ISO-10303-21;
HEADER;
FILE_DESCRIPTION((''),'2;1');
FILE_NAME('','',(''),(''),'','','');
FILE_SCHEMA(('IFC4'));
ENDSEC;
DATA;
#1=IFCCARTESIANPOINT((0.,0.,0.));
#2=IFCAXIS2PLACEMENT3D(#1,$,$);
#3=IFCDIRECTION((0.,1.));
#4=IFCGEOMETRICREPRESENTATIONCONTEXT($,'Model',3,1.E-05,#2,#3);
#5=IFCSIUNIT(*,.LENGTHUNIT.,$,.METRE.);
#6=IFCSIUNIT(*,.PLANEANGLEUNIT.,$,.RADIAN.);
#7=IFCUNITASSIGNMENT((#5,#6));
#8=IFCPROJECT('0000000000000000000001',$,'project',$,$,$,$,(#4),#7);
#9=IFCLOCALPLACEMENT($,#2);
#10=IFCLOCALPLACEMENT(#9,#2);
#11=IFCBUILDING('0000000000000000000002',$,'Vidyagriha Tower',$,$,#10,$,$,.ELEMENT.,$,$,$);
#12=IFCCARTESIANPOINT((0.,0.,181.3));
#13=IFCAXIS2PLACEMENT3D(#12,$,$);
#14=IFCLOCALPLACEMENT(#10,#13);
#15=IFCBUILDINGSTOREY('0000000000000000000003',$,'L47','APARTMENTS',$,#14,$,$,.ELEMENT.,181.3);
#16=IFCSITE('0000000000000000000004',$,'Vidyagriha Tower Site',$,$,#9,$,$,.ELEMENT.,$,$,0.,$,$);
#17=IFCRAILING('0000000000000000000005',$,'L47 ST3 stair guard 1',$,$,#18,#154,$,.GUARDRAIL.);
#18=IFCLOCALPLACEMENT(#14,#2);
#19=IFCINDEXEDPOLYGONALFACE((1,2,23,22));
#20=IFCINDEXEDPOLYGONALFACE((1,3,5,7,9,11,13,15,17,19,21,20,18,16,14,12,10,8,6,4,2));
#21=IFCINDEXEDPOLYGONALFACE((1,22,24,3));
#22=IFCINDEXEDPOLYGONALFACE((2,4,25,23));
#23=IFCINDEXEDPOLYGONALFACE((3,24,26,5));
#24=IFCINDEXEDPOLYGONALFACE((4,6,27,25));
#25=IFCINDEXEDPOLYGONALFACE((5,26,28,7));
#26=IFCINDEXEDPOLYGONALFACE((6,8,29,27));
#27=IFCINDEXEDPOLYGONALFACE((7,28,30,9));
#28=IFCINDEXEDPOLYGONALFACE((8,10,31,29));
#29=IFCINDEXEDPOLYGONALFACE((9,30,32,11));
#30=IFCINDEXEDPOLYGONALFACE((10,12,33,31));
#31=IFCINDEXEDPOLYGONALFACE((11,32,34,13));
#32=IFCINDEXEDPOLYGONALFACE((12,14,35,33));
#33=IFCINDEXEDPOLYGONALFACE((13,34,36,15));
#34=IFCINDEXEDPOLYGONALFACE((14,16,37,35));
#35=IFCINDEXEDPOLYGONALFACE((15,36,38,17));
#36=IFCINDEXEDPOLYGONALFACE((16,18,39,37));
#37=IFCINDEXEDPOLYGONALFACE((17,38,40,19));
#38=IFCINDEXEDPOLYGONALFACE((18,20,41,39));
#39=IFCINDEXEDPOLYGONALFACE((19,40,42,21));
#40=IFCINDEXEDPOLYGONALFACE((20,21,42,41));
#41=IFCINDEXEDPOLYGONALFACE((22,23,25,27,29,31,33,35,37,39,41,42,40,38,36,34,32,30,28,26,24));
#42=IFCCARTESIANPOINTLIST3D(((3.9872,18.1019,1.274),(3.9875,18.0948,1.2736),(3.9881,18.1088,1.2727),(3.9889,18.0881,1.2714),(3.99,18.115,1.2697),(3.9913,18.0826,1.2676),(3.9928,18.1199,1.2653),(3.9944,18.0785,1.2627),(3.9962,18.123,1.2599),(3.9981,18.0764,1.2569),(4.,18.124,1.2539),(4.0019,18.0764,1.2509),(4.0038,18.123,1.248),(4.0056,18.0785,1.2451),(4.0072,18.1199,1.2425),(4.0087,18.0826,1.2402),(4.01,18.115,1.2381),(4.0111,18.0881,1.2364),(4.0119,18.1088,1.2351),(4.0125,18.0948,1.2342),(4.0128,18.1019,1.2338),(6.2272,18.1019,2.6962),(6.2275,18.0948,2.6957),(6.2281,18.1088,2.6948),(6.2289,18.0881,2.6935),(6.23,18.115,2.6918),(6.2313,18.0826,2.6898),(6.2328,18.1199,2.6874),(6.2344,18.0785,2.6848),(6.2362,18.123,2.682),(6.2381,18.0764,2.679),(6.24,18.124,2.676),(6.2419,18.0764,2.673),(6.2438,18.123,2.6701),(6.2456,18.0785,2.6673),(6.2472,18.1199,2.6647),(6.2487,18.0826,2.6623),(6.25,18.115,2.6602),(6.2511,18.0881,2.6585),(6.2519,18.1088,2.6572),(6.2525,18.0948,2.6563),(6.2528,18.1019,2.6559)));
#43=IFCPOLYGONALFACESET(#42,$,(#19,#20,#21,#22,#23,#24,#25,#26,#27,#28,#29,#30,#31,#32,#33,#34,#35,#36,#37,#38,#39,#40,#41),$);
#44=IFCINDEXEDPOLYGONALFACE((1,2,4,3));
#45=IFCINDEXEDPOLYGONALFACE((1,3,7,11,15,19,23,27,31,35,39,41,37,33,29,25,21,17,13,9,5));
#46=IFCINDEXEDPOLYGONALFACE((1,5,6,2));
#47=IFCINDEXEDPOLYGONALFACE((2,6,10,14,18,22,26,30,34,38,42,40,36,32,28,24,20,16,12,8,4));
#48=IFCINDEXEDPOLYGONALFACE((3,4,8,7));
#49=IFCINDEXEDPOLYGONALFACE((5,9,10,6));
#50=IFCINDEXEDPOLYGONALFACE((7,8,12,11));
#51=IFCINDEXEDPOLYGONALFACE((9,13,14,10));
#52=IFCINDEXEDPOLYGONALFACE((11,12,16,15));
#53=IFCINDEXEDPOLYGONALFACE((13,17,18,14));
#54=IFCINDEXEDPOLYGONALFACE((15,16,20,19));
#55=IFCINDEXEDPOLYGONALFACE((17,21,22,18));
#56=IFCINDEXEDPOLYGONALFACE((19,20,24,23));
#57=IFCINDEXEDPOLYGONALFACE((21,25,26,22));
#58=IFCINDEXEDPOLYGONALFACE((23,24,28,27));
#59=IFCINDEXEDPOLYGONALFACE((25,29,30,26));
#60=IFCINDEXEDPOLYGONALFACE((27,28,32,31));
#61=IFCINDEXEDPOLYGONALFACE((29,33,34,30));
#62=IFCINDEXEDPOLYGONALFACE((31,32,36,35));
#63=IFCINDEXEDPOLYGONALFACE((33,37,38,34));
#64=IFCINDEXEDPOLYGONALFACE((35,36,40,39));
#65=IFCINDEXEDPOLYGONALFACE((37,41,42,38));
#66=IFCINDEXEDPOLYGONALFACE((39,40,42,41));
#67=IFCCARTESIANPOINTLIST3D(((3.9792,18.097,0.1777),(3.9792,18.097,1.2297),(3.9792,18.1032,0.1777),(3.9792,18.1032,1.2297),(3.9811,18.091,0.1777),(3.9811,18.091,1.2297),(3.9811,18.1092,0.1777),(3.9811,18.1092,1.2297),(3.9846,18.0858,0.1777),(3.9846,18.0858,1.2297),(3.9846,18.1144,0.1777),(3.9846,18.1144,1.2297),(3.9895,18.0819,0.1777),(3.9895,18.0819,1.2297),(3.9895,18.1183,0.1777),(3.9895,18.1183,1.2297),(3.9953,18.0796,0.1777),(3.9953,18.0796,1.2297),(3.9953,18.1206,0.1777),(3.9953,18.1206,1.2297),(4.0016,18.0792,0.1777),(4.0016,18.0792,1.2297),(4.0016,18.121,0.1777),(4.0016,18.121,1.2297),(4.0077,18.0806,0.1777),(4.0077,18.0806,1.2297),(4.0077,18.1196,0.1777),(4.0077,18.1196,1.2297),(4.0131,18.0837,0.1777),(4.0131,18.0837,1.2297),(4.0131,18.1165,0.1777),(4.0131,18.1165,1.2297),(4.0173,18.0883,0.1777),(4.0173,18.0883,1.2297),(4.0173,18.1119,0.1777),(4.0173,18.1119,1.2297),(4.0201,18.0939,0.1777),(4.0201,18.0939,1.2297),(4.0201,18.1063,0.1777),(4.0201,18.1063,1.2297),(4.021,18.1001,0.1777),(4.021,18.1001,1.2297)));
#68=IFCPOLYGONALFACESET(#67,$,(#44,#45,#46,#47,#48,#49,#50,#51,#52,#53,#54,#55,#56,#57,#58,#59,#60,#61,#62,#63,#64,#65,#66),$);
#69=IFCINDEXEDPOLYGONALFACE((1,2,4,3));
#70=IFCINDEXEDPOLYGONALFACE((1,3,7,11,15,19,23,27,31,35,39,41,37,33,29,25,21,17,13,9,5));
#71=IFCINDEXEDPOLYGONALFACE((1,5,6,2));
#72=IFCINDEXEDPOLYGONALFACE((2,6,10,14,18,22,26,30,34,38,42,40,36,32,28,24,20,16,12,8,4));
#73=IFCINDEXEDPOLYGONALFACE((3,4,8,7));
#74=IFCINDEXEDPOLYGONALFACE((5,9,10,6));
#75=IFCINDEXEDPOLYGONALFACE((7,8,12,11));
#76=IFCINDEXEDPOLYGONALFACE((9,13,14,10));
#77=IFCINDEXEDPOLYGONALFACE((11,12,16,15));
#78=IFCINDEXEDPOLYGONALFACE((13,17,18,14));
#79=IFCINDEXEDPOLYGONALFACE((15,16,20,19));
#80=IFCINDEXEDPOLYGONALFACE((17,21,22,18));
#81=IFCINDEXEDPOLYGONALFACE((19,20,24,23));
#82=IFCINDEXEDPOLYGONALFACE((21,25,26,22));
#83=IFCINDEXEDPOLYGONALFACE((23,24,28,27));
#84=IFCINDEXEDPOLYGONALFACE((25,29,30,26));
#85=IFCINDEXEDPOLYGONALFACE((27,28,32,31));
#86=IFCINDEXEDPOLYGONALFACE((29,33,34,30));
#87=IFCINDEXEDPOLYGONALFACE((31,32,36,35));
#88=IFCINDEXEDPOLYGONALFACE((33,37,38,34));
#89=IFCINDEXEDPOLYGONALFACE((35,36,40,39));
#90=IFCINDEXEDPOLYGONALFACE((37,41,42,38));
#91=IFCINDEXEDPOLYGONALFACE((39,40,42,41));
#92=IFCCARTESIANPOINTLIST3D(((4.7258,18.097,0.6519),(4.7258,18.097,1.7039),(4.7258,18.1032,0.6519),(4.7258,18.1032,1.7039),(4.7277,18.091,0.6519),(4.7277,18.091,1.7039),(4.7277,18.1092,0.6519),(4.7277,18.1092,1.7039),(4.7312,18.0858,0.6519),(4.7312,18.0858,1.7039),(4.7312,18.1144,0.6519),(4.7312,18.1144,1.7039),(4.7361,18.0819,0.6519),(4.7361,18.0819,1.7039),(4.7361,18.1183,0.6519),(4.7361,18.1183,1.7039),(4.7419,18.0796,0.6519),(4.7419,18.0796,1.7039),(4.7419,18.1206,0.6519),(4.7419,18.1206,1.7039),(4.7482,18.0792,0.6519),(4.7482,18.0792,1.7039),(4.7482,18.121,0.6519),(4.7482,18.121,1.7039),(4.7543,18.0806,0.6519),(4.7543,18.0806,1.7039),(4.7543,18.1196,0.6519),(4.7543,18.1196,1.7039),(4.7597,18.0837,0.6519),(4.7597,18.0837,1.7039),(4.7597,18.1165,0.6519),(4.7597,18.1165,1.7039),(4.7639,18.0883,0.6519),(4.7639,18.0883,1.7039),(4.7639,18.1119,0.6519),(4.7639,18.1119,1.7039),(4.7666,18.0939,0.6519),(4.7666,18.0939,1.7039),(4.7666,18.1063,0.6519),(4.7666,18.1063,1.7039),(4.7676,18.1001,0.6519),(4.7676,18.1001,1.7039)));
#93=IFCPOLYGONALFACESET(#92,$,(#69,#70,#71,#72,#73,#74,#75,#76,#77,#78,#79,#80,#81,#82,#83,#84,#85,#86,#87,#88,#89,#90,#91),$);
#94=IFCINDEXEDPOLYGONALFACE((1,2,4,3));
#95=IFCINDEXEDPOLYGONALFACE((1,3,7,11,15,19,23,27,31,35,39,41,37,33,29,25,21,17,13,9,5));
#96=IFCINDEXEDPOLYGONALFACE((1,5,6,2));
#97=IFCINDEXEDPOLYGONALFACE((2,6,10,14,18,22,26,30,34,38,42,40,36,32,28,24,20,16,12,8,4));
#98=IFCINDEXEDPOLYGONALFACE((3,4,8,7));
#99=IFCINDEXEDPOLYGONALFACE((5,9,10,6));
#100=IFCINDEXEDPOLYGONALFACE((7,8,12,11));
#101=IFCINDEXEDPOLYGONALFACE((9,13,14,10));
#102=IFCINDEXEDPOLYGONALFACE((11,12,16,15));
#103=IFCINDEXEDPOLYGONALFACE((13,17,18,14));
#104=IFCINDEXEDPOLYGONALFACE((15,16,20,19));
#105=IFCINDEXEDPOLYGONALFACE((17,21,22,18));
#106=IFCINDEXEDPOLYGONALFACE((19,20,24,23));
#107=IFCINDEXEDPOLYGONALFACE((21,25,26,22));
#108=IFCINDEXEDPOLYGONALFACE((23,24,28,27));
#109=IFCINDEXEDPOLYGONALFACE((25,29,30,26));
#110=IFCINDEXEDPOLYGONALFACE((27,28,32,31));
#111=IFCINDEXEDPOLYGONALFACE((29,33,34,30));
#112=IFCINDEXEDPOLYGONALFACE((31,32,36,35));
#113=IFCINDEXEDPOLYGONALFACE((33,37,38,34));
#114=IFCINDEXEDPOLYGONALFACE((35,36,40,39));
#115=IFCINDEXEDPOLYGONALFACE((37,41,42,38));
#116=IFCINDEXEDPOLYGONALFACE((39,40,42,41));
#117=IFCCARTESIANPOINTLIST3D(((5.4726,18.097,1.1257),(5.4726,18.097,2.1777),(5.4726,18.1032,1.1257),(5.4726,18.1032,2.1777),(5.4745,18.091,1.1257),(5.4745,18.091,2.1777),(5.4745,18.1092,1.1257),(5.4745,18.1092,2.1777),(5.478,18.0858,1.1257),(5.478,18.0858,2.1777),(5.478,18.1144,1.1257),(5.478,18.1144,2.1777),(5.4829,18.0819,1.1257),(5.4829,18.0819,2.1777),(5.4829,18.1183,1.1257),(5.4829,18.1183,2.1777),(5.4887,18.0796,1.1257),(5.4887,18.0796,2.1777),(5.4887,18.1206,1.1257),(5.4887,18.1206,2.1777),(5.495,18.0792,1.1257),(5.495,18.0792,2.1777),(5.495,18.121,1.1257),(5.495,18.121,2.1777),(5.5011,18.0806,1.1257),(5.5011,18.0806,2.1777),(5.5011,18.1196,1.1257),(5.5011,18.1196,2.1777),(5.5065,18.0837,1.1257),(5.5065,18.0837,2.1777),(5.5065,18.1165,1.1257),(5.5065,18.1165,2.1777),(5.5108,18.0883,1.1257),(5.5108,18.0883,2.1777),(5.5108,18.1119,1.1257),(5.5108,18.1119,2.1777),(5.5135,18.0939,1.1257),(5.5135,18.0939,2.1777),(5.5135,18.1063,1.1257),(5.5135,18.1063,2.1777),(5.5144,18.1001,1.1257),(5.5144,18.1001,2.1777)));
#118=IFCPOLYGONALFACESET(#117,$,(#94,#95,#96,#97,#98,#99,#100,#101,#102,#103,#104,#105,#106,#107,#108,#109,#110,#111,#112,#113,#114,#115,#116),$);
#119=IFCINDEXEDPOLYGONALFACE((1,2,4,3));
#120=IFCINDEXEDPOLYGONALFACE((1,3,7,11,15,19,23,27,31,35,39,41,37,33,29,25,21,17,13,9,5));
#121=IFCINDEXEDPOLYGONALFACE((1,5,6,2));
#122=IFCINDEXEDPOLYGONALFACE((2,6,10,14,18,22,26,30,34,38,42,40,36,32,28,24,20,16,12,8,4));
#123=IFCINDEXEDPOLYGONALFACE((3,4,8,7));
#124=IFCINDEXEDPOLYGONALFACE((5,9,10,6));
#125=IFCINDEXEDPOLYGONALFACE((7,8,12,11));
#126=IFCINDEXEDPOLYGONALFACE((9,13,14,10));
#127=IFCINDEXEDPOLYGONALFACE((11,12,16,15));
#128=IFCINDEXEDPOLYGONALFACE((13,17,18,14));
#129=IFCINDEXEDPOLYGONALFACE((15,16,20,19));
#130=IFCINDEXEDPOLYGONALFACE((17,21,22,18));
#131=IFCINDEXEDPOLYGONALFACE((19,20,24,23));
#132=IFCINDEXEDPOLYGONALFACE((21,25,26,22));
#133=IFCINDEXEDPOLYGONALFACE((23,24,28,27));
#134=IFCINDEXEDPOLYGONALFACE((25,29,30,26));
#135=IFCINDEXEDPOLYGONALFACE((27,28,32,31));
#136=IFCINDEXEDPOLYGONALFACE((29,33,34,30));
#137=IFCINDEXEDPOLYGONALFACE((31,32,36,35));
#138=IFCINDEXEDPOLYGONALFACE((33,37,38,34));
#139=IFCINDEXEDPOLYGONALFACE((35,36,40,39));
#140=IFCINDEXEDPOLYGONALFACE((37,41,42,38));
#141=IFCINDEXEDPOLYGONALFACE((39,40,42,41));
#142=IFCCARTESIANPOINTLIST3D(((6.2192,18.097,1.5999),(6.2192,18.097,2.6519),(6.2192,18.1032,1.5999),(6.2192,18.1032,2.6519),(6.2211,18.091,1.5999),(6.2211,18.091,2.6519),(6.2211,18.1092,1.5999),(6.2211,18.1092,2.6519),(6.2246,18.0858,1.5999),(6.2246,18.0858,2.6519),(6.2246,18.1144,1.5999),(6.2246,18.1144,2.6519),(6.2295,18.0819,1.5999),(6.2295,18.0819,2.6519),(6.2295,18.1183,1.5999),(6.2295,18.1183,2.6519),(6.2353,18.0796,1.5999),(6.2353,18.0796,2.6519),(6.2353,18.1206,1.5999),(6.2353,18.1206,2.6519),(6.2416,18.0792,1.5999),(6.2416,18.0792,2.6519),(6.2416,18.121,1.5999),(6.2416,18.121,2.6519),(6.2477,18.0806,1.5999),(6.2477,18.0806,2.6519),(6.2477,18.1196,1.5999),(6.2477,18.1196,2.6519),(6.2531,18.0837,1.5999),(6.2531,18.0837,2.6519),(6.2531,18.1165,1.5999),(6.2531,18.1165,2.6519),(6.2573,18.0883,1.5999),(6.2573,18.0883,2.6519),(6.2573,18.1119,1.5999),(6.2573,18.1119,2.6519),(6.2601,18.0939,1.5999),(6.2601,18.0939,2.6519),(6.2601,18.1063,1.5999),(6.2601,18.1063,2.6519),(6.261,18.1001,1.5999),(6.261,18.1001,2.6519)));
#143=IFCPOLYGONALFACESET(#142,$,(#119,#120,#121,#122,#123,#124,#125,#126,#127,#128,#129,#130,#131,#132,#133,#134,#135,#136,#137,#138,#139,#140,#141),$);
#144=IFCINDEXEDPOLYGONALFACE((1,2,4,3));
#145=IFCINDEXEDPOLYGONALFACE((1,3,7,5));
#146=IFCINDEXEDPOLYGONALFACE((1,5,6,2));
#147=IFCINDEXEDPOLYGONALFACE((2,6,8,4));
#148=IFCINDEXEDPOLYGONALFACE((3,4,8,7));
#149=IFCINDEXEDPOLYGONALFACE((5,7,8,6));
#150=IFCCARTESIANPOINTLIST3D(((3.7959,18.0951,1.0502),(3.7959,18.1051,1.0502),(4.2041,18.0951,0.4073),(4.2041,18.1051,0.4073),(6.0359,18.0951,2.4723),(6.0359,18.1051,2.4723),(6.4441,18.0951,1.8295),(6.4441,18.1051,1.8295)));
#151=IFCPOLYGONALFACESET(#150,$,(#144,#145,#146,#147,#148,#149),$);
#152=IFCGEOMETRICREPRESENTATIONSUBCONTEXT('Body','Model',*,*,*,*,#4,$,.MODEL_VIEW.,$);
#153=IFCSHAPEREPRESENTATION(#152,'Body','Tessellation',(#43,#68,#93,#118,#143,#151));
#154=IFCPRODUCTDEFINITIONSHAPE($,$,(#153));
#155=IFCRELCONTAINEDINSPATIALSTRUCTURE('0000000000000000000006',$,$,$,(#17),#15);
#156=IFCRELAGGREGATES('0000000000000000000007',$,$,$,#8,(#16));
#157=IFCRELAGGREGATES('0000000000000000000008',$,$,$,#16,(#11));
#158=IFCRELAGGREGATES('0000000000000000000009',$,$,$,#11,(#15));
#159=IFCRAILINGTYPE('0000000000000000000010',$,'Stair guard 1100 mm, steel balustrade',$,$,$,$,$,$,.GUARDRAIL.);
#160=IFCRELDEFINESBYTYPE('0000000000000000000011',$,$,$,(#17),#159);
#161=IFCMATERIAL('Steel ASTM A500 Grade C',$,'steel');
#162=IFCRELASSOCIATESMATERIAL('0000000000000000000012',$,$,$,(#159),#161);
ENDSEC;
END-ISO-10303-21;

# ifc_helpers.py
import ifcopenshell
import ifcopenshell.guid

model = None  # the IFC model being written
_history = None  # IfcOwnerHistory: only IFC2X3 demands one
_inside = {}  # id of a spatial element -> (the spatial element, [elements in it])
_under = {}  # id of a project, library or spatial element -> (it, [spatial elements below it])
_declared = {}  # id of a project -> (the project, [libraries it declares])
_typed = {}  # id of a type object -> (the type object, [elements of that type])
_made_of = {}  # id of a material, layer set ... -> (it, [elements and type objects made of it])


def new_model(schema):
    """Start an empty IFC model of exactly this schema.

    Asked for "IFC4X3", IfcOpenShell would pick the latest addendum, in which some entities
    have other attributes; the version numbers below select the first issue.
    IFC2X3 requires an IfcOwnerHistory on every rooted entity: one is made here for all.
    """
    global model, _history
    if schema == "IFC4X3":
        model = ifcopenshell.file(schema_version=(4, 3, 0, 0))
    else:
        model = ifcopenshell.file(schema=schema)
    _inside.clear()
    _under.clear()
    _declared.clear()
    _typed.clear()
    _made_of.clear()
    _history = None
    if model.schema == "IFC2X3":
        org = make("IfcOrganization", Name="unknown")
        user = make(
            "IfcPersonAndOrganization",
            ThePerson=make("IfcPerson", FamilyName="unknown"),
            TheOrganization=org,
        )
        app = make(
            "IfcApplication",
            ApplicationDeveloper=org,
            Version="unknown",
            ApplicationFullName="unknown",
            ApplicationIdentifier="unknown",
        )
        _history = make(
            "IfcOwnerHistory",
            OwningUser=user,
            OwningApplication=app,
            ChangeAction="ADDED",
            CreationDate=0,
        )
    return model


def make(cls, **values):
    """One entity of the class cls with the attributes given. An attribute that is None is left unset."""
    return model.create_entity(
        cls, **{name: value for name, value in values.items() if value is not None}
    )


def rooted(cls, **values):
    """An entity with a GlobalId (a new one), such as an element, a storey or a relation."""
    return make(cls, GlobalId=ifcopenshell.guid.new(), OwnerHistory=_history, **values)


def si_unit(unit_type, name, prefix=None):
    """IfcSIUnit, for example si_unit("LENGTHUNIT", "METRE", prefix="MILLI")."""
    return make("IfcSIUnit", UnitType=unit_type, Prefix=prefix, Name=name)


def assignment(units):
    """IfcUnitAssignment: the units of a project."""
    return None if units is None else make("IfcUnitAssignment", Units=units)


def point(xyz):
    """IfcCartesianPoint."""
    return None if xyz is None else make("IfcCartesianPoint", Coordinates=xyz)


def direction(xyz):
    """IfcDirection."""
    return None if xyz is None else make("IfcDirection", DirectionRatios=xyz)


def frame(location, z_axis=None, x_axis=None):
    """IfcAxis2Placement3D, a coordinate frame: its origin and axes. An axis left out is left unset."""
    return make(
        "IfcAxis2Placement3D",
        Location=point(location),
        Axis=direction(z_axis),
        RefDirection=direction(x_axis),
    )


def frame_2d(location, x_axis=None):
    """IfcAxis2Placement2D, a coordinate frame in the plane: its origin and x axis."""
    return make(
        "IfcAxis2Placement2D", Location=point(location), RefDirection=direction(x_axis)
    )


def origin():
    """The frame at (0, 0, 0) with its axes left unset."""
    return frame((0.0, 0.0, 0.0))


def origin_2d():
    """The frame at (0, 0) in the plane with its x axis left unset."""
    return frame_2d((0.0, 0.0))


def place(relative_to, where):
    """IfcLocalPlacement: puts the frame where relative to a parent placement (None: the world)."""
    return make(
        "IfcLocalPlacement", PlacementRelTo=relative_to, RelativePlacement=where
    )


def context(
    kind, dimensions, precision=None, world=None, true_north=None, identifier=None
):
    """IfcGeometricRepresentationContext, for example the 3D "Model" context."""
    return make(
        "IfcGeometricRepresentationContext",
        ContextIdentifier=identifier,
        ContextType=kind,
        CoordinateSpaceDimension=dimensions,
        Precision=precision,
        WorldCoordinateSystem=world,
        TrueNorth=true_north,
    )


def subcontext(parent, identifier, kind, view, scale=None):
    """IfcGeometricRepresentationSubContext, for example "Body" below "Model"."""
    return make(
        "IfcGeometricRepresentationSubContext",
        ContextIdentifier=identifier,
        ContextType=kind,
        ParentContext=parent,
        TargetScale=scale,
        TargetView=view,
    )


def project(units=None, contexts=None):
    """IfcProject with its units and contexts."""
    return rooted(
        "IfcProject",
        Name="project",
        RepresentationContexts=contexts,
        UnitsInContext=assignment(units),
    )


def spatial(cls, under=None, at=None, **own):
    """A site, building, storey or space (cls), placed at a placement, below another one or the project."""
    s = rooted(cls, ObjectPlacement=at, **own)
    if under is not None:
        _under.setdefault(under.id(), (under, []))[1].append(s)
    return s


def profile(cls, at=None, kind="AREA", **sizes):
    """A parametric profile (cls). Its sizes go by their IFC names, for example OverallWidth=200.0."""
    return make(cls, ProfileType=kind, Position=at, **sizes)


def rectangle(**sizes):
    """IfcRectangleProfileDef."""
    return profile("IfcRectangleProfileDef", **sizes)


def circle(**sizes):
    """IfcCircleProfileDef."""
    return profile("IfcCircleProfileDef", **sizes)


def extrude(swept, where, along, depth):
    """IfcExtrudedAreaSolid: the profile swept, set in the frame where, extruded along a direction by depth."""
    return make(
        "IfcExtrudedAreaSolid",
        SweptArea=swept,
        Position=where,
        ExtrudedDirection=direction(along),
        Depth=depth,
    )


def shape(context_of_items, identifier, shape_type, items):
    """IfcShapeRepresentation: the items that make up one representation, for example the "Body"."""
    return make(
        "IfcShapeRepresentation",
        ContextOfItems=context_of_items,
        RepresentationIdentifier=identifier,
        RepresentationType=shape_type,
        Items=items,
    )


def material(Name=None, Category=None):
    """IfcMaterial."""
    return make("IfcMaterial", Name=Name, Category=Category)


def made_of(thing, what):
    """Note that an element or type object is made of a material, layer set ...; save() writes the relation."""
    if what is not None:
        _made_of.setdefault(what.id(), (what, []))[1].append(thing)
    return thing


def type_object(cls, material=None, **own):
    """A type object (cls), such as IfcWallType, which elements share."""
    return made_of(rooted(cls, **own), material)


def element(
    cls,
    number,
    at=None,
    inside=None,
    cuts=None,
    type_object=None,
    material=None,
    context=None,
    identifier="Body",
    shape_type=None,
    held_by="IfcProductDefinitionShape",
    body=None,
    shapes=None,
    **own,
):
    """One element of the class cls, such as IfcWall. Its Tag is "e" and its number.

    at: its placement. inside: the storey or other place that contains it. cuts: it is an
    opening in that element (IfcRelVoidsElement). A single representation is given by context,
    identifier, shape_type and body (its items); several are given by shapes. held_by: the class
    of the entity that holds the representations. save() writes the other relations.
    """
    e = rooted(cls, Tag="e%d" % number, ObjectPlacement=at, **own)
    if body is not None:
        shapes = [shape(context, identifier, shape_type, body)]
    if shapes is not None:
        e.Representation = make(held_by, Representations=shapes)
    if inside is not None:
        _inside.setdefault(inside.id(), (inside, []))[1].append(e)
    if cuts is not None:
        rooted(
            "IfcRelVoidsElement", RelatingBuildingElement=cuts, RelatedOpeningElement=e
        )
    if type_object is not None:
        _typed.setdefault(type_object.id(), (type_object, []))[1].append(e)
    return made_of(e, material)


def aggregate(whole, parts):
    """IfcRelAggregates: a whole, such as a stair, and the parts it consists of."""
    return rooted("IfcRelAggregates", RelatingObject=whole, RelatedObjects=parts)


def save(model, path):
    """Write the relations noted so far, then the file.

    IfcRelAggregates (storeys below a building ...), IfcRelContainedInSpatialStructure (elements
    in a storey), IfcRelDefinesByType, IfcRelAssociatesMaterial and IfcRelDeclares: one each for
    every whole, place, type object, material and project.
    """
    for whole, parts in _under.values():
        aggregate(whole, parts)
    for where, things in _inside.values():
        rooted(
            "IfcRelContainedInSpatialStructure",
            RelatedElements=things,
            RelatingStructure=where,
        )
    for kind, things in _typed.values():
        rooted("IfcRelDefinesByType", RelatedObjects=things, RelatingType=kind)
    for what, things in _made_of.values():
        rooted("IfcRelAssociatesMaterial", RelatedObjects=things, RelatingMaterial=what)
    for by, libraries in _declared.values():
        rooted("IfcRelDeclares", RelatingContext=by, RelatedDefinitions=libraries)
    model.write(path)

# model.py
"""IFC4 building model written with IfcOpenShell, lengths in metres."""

from ifc_helpers import new_model, si_unit, direction, frame, origin, origin_2d, place, context, subcontext, project, spatial, rectangle, circle, extrude, material, type_object, element, save


model = new_model("IFC4")

# Units and contexts
model_context = context("Model", 3, precision=1e-05, world=origin(), true_north=direction((0.0, 1.0)))
body_context = subcontext(model_context, "Body", "Model", "MODEL_VIEW")
ifc_project = project(units=[si_unit("LENGTHUNIT", "METRE"), si_unit("PLANEANGLEUNIT", "RADIAN")], contexts=[model_context])

# Site, building, storey
site_placement = place(None, origin())
site = spatial("IfcSite", under=ifc_project, at=site_placement, Name="Vidyagriha Tower Site", CompositionType="ELEMENT", RefElevation=0.0)
building_placement = place(site_placement, origin())
building = spatial("IfcBuilding", under=site, at=building_placement, Name="Vidyagriha Tower", CompositionType="ELEMENT")
storey_placement = place(building_placement, frame((0.0, 0.0, 181.3)))
storey = spatial("IfcBuildingStorey", under=building, at=storey_placement, Name="L47", Description="APARTMENTS", CompositionType="ELEMENT", Elevation=181.3)

# Railing
ifc_material_1 = material(Name="Steel ASTM A500 Grade C", Category="steel")
railing_type_1 = type_object("IfcRailingType", Name="Stair guard 1100 mm, steel balustrade", PredefinedType="GUARDRAIL", material=ifc_material_1)
railing_1_placement = place(storey_placement, frame((4.0, 18.1001, 0.1777)))
element("IfcRailing", 1, at=railing_1_placement, inside=storey, type_object=railing_type_1, Name="L47 ST3 stair guard 1", PredefinedType="GUARDRAIL", context=body_context, shape_type="SweptSolid", body=[
    extrude(circle(Radius=0.0239, at=origin_2d()), frame((0.0, 0.0, 1.0762), z_axis=(0.844229, 0.0, 0.535982), x_axis=(0.0, 1.0, 0.0)), (0.0, 0.0, 1.0), 2.6533),
    extrude(circle(Radius=0.021, at=origin_2d()), origin(), (0.0, 0.0, 1.0), 1.052),
    extrude(circle(Radius=0.021, at=origin_2d()), frame((0.7466, 0.0, 0.4741)), (0.0, 0.0, 1.0), 1.052),
    extrude(circle(Radius=0.021, at=origin_2d()), frame((1.4934, 0.0, 0.948)), (0.0, 0.0, 1.0), 1.052),
    extrude(circle(Radius=0.021, at=origin_2d()), frame((2.24, 0.0, 1.4221)), (0.0, 0.0, 1.0), 1.052),
    extrude(rectangle(XDim=0.01, YDim=0.7615, at=origin_2d()), frame((0.0, 0.0, 0.551), z_axis=(0.844229, 0.0, 0.535982), x_axis=(0.0, 1.0, 0.0)), (0.0, 0.0, 1.0), 2.6533),
])

save(model, "model.ifc")
